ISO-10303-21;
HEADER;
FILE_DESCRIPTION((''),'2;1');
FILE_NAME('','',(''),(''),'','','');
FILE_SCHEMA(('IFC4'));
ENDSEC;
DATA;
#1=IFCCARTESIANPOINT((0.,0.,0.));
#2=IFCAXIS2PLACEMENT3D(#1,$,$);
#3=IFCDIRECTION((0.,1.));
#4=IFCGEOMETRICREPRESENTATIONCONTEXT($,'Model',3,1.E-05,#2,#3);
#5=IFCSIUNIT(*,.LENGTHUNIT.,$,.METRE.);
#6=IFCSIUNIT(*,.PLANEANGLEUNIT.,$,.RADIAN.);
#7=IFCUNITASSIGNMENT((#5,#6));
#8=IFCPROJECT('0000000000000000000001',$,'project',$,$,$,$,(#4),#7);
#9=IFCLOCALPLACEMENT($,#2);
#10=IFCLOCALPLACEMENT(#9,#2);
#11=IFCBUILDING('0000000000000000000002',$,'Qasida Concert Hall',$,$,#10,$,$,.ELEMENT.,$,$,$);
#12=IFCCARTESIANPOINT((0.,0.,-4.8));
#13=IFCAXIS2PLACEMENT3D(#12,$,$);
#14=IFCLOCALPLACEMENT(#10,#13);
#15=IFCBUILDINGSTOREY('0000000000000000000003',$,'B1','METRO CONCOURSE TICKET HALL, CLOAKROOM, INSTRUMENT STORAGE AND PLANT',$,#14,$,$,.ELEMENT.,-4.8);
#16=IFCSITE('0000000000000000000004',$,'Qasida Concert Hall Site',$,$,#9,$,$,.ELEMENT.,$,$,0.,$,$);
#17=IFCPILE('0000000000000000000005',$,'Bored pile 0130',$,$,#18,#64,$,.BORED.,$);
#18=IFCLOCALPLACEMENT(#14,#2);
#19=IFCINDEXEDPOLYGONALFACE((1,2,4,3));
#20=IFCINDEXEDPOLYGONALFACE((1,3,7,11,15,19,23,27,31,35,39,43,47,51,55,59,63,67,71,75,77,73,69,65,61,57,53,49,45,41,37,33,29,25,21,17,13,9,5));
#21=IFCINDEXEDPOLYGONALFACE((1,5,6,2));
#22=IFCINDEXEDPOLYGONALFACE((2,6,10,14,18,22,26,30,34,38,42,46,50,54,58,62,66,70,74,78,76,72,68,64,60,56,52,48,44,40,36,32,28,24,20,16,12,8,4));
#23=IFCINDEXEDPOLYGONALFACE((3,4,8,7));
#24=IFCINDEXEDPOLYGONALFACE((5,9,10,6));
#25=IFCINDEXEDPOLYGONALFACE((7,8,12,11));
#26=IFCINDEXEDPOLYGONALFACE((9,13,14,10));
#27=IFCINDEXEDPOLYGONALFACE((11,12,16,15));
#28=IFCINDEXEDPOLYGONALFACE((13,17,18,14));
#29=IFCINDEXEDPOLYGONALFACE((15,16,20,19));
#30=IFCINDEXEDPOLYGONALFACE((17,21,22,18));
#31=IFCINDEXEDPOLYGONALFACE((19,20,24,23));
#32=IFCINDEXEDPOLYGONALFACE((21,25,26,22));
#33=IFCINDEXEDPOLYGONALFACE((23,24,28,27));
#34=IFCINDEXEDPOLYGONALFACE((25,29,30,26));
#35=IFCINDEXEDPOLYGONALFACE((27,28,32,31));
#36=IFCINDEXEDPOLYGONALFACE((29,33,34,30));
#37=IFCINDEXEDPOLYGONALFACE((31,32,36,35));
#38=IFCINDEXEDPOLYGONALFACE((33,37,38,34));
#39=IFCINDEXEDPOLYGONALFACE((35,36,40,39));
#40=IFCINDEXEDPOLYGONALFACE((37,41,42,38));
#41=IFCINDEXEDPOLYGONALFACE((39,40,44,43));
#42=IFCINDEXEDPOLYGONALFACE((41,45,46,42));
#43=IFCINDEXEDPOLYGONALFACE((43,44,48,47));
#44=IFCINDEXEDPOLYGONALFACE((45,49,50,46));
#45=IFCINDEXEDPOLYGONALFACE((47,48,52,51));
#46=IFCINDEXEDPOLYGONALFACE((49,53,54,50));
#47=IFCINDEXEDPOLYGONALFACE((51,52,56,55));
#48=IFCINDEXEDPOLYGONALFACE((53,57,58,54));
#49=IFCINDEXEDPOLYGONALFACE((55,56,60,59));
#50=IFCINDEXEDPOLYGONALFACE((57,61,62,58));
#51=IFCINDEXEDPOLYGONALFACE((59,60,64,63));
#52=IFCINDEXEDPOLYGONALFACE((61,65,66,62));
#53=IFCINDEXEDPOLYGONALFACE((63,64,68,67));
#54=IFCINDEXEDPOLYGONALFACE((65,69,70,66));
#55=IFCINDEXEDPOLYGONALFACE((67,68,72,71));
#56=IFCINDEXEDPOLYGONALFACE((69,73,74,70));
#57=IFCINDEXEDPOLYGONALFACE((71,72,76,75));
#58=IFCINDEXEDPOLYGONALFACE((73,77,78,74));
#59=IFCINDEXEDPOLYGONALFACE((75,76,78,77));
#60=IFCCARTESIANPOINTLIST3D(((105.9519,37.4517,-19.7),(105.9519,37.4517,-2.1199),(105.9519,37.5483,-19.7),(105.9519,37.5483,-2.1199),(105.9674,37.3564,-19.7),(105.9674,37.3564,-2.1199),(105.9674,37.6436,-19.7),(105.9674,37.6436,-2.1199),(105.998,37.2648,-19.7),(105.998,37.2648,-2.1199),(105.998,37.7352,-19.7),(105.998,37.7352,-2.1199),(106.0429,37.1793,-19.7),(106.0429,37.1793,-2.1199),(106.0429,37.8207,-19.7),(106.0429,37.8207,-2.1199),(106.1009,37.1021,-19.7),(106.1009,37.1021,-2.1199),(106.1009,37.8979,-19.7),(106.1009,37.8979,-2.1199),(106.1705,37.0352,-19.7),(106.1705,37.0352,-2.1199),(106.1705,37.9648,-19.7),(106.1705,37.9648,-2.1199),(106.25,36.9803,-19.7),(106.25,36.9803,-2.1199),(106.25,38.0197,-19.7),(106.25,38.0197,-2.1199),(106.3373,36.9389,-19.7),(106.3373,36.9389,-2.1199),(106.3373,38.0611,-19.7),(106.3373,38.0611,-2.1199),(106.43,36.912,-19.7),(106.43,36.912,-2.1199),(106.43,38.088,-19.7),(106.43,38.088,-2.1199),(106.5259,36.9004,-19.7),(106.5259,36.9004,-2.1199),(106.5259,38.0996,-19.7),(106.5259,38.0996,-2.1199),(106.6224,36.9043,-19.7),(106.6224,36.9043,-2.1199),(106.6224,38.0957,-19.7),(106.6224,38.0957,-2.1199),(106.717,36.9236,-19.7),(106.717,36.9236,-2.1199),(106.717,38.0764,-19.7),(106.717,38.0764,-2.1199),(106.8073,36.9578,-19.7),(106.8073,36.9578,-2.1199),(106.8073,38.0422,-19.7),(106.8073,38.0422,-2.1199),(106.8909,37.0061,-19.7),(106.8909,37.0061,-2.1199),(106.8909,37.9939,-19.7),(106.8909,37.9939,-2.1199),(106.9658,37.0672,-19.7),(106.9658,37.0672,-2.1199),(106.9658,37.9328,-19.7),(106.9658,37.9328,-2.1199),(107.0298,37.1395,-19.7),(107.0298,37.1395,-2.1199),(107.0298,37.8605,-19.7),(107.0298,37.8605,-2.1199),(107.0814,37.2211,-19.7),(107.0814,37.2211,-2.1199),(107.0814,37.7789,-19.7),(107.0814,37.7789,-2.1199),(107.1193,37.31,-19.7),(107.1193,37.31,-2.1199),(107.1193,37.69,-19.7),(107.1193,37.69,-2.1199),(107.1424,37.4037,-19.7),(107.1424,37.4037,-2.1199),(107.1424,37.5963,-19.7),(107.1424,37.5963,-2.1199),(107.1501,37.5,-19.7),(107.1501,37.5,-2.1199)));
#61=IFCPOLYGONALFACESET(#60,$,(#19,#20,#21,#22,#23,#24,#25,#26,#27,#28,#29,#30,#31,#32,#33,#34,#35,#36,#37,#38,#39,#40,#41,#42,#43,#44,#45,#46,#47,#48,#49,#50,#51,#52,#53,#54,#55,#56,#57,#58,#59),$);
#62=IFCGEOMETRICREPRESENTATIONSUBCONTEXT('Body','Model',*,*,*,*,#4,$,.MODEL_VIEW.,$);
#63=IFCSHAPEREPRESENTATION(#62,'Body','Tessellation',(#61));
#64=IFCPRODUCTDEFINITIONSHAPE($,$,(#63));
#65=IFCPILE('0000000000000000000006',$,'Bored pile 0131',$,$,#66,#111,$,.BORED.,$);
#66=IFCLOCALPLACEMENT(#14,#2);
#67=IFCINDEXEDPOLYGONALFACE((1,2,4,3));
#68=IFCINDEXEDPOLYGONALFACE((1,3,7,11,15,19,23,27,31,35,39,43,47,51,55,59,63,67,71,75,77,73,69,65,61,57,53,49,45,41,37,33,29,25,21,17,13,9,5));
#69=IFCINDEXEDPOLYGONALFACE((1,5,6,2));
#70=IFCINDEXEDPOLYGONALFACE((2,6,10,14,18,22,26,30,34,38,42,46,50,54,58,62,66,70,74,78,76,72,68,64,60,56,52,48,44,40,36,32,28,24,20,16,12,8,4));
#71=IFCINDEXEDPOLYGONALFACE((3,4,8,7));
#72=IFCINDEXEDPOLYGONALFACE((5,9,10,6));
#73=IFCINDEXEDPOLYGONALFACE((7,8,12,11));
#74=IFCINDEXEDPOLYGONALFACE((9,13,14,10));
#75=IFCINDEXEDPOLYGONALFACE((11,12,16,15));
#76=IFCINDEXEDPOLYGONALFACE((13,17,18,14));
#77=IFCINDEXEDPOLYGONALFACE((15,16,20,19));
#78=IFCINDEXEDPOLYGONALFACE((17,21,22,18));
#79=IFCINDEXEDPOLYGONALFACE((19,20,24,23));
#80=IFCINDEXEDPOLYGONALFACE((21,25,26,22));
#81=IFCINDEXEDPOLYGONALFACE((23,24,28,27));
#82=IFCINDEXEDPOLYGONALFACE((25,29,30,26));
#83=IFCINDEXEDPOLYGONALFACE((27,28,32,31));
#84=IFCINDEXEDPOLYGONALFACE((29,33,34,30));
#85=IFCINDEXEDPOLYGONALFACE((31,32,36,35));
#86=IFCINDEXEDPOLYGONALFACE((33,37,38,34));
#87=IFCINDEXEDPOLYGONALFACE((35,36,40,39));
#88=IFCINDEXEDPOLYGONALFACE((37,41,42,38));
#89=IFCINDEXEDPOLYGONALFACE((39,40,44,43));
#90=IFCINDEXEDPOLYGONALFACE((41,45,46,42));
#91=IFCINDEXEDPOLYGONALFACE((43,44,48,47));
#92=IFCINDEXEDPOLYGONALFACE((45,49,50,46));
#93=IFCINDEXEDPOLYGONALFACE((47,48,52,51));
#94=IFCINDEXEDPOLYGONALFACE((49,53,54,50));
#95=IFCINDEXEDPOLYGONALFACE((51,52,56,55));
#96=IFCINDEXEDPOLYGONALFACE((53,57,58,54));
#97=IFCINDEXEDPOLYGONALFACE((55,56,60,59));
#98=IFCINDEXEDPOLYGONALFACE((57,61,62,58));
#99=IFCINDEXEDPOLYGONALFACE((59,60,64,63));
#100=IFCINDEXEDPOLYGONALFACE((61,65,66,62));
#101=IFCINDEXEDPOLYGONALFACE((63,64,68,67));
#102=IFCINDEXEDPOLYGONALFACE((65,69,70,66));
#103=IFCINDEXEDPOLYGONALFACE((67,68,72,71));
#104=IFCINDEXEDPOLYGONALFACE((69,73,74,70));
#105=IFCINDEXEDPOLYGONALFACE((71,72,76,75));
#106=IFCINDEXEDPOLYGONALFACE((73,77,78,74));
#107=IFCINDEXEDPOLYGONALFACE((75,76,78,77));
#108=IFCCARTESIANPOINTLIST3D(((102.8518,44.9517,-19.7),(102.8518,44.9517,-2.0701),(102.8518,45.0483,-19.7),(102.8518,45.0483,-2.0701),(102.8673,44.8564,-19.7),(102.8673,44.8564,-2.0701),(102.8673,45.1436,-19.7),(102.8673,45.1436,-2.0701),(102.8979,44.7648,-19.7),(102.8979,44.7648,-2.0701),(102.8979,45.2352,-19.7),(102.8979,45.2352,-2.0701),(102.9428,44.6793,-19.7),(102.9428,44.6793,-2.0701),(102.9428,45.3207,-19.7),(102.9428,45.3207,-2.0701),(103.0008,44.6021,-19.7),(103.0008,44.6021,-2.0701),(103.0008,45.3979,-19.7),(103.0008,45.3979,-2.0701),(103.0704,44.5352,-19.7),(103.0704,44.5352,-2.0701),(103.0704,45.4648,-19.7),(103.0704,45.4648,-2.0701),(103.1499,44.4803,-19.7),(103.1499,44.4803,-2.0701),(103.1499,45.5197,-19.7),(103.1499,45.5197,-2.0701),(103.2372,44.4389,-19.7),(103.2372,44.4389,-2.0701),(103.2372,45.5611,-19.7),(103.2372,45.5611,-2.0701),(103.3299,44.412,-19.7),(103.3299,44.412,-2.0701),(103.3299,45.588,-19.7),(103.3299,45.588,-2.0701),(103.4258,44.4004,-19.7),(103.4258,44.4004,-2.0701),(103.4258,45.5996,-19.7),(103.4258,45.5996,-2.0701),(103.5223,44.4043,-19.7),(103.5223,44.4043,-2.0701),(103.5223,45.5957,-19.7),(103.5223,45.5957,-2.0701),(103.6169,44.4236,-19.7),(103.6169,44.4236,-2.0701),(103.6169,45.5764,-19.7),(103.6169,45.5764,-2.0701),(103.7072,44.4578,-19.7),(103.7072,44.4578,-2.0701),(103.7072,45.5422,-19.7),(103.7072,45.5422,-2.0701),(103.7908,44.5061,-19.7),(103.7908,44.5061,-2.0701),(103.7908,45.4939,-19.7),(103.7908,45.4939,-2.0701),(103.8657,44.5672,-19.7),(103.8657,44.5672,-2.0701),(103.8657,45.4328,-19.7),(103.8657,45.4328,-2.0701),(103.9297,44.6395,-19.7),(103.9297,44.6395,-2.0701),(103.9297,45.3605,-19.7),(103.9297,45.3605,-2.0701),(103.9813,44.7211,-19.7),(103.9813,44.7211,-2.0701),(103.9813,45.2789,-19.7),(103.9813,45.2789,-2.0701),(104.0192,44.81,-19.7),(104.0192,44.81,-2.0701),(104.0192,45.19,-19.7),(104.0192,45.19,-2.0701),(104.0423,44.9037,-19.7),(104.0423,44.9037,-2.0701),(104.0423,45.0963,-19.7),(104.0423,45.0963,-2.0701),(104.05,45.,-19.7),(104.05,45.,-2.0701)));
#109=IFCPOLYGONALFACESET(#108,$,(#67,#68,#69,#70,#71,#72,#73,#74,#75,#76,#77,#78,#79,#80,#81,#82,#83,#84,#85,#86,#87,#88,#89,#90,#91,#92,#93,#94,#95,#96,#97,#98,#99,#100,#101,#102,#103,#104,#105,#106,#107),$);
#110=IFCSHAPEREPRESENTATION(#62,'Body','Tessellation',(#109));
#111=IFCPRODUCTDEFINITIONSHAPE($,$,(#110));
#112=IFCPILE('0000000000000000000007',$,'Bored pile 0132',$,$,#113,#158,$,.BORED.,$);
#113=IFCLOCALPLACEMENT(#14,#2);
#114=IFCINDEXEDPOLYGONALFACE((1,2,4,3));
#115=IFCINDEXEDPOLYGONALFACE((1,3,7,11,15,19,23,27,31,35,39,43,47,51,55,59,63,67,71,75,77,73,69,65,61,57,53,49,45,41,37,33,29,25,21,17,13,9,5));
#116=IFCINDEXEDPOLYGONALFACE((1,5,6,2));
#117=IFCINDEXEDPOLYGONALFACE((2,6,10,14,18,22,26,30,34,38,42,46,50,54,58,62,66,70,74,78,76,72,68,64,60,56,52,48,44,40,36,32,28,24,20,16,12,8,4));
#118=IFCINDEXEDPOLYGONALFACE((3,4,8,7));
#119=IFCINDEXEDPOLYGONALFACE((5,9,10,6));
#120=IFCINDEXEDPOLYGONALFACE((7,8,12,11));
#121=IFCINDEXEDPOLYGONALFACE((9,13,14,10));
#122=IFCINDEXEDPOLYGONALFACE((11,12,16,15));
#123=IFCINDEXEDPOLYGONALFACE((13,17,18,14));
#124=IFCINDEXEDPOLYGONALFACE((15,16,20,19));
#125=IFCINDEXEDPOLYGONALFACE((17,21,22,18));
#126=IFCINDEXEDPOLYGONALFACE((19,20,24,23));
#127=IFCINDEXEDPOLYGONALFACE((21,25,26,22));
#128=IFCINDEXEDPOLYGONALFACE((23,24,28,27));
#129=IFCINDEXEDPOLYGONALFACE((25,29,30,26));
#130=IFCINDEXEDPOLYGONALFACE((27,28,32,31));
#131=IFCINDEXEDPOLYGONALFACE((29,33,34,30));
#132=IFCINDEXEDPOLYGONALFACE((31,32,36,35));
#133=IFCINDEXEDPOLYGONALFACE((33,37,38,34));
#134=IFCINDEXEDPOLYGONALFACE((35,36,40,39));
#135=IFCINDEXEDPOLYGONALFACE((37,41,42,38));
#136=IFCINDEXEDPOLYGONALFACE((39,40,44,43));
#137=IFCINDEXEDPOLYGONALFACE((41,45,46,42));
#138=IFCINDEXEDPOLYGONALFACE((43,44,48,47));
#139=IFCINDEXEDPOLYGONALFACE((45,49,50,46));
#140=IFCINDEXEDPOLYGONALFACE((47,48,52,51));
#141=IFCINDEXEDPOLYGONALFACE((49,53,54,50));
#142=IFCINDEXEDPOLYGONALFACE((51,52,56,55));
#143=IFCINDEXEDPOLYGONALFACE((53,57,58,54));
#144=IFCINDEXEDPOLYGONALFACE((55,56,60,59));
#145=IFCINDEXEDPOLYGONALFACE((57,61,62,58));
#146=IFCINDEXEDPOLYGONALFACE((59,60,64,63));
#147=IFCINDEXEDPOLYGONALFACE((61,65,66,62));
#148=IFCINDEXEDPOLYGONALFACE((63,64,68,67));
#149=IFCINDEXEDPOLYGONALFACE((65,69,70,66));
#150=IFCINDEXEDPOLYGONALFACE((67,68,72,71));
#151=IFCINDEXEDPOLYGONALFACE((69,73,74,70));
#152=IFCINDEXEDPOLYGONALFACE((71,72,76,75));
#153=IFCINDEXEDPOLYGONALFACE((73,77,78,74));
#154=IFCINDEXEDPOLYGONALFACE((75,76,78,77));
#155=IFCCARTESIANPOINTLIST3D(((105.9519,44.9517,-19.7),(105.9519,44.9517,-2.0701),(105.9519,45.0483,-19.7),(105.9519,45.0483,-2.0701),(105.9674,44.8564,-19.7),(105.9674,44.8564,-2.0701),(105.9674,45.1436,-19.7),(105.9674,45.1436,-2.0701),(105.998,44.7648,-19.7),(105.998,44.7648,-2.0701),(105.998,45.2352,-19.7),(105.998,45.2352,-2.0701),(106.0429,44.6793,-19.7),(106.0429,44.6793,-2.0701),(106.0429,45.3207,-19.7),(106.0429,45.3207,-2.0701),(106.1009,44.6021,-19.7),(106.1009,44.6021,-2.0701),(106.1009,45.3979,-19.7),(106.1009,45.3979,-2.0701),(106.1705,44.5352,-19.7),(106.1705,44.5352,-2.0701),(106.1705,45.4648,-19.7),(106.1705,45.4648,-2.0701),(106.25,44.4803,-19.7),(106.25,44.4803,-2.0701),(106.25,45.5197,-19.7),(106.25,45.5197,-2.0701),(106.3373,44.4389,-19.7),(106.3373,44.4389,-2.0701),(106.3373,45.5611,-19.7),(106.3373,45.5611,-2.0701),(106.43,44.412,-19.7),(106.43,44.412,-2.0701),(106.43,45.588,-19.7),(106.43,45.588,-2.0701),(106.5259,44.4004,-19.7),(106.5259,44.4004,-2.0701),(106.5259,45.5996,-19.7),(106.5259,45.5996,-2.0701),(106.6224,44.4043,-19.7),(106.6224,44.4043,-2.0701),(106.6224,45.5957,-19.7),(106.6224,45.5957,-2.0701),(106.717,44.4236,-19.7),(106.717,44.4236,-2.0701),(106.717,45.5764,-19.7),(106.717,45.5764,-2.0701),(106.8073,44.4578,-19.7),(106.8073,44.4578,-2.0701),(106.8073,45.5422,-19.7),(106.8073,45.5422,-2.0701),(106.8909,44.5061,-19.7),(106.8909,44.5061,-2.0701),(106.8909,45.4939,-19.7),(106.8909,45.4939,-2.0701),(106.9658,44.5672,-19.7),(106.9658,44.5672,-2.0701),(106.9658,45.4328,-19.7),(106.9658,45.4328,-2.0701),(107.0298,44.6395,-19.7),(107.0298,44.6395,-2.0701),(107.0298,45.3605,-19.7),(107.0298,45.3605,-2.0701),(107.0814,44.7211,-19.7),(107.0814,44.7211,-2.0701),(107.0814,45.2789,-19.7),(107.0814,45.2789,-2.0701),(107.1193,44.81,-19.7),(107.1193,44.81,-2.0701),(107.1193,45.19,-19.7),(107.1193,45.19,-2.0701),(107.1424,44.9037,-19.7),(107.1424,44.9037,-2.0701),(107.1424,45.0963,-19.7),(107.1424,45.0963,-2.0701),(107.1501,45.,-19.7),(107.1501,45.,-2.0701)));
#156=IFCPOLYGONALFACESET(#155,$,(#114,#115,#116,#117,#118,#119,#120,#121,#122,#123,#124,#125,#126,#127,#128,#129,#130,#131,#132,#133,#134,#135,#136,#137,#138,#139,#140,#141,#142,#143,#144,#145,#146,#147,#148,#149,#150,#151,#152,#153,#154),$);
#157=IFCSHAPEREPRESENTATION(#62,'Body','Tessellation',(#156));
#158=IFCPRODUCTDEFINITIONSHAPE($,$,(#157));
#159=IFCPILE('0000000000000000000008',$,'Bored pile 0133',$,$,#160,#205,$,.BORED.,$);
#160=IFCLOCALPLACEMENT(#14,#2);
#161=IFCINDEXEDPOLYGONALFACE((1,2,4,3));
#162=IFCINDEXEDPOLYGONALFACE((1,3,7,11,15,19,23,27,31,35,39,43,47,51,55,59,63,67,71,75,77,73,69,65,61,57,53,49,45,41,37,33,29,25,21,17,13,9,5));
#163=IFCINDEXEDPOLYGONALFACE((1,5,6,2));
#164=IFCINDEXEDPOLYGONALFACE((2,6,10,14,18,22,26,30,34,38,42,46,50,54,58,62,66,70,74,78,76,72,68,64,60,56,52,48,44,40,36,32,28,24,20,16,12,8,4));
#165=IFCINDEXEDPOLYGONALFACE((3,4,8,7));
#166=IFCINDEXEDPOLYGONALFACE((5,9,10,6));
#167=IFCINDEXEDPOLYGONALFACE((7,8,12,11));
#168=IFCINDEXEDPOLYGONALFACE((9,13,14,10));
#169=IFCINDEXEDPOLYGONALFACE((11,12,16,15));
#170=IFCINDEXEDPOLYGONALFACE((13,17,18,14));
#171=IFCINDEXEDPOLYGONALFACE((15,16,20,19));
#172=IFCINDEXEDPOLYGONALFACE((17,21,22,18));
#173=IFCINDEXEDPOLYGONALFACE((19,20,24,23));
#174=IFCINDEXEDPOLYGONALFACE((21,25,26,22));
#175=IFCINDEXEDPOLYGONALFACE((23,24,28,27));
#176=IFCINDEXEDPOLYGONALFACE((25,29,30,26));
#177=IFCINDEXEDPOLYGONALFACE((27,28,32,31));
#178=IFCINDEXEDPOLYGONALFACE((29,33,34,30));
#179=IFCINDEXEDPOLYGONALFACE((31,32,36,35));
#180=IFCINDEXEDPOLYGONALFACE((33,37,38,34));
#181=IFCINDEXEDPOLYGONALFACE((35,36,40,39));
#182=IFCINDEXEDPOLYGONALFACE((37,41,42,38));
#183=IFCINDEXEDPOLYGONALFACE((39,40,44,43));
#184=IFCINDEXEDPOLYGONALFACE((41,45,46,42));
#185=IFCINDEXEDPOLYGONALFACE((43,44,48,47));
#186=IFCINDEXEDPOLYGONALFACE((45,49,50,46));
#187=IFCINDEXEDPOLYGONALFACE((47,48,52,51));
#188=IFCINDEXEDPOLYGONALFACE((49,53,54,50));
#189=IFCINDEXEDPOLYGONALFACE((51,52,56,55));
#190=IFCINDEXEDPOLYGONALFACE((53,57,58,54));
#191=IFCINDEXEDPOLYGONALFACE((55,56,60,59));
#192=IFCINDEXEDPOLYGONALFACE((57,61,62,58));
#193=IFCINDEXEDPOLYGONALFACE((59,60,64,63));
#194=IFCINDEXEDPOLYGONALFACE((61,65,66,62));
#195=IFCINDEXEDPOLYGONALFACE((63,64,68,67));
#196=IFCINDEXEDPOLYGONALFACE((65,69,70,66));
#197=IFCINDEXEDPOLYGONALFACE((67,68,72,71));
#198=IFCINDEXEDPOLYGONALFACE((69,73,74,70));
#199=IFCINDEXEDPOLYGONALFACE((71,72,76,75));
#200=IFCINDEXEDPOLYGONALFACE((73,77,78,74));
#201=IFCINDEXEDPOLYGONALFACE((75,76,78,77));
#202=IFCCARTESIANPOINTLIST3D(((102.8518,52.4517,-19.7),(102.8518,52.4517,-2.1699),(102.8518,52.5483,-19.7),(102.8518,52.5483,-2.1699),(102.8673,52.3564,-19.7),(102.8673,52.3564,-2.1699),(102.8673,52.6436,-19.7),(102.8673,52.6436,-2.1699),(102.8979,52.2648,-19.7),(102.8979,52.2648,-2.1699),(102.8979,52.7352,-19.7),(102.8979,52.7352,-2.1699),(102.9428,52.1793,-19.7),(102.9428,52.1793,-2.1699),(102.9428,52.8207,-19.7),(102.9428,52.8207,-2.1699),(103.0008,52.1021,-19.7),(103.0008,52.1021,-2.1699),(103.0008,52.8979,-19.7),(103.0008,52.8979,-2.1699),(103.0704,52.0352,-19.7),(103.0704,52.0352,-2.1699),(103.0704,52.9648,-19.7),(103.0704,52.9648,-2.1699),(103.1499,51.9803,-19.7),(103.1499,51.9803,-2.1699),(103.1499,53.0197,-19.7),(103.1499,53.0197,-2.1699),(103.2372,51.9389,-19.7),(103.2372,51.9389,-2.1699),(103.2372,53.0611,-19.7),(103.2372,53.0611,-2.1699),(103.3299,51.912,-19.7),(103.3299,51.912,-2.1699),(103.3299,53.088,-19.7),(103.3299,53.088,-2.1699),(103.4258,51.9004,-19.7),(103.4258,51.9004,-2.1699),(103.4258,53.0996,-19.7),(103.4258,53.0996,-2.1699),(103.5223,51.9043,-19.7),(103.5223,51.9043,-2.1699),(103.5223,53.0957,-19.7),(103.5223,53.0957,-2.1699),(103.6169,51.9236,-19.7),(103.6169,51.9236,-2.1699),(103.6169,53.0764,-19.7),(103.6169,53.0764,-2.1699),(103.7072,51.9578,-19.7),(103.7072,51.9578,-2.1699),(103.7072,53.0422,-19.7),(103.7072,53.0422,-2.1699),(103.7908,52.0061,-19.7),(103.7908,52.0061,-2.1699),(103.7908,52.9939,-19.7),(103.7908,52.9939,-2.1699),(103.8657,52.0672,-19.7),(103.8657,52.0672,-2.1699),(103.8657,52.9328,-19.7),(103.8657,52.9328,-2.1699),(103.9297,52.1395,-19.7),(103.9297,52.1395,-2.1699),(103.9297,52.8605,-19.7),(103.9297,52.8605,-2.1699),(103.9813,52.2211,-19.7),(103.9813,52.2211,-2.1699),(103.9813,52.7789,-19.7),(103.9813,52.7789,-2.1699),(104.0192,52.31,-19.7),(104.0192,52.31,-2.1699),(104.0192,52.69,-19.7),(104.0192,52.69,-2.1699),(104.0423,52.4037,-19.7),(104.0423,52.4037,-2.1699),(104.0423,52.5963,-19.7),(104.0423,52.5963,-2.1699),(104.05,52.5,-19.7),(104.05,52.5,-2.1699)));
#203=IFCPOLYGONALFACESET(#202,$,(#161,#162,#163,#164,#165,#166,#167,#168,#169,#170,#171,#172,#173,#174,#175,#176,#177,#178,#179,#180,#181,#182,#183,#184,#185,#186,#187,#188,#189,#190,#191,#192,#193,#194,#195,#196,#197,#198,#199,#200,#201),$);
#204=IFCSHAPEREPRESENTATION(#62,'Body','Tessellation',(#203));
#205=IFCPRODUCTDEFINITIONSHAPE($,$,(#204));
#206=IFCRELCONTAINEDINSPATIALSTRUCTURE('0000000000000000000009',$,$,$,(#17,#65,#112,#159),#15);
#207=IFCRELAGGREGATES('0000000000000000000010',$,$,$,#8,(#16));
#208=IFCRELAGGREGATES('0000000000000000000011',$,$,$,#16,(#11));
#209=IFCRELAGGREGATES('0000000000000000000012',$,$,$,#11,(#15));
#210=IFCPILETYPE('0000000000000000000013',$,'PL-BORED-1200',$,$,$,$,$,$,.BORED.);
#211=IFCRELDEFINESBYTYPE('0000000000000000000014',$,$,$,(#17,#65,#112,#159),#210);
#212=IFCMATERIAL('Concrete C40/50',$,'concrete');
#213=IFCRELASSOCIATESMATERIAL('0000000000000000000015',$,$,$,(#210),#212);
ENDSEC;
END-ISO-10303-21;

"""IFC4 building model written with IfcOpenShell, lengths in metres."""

from ifc_helpers import new_model, si_unit, direction, frame, origin, origin_2d, place, context, subcontext, project, spatial, circle, extrude, material, material_profile, profile_set, type_object, element, save


model = new_model("IFC4")

# Units and contexts
model_context = context("Model", 3, precision=1e-05, world=origin(), true_north=direction((0.0, 1.0)))
body_context = subcontext(model_context, "Body", "Model", "MODEL_VIEW")
ifc_project = project(units=[si_unit("LENGTHUNIT", "METRE"), si_unit("PLANEANGLEUNIT", "RADIAN")], contexts=[model_context])

# Site, building, storey
site_placement = place(None, origin())
site = spatial("IfcSite", under=ifc_project, at=site_placement, Name="Qasida Concert Hall Site", CompositionType="ELEMENT", RefElevation=0.0)
building_placement = place(site_placement, origin())
building = spatial("IfcBuilding", under=site, at=building_placement, Name="Qasida Concert Hall", CompositionType="ELEMENT")
storey_placement = place(building_placement, frame((0.0, 0.0, -4.8)))
storey = spatial("IfcBuildingStorey", under=building, at=storey_placement, Name="B1", Description="METRO CONCOURSE TICKET HALL, CLOAKROOM, INSTRUMENT STORAGE AND PLANT", CompositionType="ELEMENT", Elevation=-4.8)

# Shared definitions
ifc_material_1 = material(Name="Concrete C40/50", Category="concrete")

# Piles
ifc_material_profile_1 = material_profile(ifc_material_1, circle(Radius=0.6001, at=origin_2d()), Name="BORED PILE D1200")
ifc_profile_set_1 = profile_set([ifc_material_profile_1], Name="Concrete C40/50")
pile_type = type_object("IfcPileType", Name="PL-BORED-1200", PredefinedType="BORED", material=ifc_profile_set_1)
for number, where, z_axis, x_axis, name in (
    (1, (106.55, 37.5, -2.1199), (0.0, 0.0, -1.0), (1.0, 0.0, 0.0), "Bored pile 0130"),
):
    element("IfcPile", number, at=place(storey_placement, frame(where, z_axis=z_axis, x_axis=x_axis)), inside=storey, type_object=pile_type, Name=name, PredefinedType="BORED", context=body_context, shape_type="SweptSolid", body=[
        extrude(circle(Radius=0.6001, at=origin_2d()), origin(), (0.0, 0.0, 1.0), 17.5801),
    ])
for number, where, z_axis, x_axis, name in (
    (2, (103.45, 45.0, -2.0701), (0.0, 0.0, -1.0), (1.0, 0.0, 0.0), "Bored pile 0131"),
    (3, (106.55, 45.0, -2.0701), (0.0, 0.0, -1.0), (1.0, 0.0, 0.0), "Bored pile 0132"),
):
    element("IfcPile", number, at=place(storey_placement, frame(where, z_axis=z_axis, x_axis=x_axis)), inside=storey, type_object=pile_type, Name=name, PredefinedType="BORED", context=body_context, shape_type="SweptSolid", body=[
        extrude(circle(Radius=0.6001, at=origin_2d()), origin(), (0.0, 0.0, 1.0), 17.6299),
    ])
pile_placement = place(storey_placement, frame((103.45, 52.5, -2.1699), z_axis=(0.0, 0.0, -1.0), x_axis=(1.0, 0.0, 0.0)))
element("IfcPile", 4, at=pile_placement, inside=storey, type_object=pile_type, Name="Bored pile 0133", PredefinedType="BORED", context=body_context, shape_type="SweptSolid", body=[
    extrude(circle(Radius=0.6001, at=origin_2d()), origin(), (0.0, 0.0, 1.0), 17.53),
])

save(model, "model.ifc")
